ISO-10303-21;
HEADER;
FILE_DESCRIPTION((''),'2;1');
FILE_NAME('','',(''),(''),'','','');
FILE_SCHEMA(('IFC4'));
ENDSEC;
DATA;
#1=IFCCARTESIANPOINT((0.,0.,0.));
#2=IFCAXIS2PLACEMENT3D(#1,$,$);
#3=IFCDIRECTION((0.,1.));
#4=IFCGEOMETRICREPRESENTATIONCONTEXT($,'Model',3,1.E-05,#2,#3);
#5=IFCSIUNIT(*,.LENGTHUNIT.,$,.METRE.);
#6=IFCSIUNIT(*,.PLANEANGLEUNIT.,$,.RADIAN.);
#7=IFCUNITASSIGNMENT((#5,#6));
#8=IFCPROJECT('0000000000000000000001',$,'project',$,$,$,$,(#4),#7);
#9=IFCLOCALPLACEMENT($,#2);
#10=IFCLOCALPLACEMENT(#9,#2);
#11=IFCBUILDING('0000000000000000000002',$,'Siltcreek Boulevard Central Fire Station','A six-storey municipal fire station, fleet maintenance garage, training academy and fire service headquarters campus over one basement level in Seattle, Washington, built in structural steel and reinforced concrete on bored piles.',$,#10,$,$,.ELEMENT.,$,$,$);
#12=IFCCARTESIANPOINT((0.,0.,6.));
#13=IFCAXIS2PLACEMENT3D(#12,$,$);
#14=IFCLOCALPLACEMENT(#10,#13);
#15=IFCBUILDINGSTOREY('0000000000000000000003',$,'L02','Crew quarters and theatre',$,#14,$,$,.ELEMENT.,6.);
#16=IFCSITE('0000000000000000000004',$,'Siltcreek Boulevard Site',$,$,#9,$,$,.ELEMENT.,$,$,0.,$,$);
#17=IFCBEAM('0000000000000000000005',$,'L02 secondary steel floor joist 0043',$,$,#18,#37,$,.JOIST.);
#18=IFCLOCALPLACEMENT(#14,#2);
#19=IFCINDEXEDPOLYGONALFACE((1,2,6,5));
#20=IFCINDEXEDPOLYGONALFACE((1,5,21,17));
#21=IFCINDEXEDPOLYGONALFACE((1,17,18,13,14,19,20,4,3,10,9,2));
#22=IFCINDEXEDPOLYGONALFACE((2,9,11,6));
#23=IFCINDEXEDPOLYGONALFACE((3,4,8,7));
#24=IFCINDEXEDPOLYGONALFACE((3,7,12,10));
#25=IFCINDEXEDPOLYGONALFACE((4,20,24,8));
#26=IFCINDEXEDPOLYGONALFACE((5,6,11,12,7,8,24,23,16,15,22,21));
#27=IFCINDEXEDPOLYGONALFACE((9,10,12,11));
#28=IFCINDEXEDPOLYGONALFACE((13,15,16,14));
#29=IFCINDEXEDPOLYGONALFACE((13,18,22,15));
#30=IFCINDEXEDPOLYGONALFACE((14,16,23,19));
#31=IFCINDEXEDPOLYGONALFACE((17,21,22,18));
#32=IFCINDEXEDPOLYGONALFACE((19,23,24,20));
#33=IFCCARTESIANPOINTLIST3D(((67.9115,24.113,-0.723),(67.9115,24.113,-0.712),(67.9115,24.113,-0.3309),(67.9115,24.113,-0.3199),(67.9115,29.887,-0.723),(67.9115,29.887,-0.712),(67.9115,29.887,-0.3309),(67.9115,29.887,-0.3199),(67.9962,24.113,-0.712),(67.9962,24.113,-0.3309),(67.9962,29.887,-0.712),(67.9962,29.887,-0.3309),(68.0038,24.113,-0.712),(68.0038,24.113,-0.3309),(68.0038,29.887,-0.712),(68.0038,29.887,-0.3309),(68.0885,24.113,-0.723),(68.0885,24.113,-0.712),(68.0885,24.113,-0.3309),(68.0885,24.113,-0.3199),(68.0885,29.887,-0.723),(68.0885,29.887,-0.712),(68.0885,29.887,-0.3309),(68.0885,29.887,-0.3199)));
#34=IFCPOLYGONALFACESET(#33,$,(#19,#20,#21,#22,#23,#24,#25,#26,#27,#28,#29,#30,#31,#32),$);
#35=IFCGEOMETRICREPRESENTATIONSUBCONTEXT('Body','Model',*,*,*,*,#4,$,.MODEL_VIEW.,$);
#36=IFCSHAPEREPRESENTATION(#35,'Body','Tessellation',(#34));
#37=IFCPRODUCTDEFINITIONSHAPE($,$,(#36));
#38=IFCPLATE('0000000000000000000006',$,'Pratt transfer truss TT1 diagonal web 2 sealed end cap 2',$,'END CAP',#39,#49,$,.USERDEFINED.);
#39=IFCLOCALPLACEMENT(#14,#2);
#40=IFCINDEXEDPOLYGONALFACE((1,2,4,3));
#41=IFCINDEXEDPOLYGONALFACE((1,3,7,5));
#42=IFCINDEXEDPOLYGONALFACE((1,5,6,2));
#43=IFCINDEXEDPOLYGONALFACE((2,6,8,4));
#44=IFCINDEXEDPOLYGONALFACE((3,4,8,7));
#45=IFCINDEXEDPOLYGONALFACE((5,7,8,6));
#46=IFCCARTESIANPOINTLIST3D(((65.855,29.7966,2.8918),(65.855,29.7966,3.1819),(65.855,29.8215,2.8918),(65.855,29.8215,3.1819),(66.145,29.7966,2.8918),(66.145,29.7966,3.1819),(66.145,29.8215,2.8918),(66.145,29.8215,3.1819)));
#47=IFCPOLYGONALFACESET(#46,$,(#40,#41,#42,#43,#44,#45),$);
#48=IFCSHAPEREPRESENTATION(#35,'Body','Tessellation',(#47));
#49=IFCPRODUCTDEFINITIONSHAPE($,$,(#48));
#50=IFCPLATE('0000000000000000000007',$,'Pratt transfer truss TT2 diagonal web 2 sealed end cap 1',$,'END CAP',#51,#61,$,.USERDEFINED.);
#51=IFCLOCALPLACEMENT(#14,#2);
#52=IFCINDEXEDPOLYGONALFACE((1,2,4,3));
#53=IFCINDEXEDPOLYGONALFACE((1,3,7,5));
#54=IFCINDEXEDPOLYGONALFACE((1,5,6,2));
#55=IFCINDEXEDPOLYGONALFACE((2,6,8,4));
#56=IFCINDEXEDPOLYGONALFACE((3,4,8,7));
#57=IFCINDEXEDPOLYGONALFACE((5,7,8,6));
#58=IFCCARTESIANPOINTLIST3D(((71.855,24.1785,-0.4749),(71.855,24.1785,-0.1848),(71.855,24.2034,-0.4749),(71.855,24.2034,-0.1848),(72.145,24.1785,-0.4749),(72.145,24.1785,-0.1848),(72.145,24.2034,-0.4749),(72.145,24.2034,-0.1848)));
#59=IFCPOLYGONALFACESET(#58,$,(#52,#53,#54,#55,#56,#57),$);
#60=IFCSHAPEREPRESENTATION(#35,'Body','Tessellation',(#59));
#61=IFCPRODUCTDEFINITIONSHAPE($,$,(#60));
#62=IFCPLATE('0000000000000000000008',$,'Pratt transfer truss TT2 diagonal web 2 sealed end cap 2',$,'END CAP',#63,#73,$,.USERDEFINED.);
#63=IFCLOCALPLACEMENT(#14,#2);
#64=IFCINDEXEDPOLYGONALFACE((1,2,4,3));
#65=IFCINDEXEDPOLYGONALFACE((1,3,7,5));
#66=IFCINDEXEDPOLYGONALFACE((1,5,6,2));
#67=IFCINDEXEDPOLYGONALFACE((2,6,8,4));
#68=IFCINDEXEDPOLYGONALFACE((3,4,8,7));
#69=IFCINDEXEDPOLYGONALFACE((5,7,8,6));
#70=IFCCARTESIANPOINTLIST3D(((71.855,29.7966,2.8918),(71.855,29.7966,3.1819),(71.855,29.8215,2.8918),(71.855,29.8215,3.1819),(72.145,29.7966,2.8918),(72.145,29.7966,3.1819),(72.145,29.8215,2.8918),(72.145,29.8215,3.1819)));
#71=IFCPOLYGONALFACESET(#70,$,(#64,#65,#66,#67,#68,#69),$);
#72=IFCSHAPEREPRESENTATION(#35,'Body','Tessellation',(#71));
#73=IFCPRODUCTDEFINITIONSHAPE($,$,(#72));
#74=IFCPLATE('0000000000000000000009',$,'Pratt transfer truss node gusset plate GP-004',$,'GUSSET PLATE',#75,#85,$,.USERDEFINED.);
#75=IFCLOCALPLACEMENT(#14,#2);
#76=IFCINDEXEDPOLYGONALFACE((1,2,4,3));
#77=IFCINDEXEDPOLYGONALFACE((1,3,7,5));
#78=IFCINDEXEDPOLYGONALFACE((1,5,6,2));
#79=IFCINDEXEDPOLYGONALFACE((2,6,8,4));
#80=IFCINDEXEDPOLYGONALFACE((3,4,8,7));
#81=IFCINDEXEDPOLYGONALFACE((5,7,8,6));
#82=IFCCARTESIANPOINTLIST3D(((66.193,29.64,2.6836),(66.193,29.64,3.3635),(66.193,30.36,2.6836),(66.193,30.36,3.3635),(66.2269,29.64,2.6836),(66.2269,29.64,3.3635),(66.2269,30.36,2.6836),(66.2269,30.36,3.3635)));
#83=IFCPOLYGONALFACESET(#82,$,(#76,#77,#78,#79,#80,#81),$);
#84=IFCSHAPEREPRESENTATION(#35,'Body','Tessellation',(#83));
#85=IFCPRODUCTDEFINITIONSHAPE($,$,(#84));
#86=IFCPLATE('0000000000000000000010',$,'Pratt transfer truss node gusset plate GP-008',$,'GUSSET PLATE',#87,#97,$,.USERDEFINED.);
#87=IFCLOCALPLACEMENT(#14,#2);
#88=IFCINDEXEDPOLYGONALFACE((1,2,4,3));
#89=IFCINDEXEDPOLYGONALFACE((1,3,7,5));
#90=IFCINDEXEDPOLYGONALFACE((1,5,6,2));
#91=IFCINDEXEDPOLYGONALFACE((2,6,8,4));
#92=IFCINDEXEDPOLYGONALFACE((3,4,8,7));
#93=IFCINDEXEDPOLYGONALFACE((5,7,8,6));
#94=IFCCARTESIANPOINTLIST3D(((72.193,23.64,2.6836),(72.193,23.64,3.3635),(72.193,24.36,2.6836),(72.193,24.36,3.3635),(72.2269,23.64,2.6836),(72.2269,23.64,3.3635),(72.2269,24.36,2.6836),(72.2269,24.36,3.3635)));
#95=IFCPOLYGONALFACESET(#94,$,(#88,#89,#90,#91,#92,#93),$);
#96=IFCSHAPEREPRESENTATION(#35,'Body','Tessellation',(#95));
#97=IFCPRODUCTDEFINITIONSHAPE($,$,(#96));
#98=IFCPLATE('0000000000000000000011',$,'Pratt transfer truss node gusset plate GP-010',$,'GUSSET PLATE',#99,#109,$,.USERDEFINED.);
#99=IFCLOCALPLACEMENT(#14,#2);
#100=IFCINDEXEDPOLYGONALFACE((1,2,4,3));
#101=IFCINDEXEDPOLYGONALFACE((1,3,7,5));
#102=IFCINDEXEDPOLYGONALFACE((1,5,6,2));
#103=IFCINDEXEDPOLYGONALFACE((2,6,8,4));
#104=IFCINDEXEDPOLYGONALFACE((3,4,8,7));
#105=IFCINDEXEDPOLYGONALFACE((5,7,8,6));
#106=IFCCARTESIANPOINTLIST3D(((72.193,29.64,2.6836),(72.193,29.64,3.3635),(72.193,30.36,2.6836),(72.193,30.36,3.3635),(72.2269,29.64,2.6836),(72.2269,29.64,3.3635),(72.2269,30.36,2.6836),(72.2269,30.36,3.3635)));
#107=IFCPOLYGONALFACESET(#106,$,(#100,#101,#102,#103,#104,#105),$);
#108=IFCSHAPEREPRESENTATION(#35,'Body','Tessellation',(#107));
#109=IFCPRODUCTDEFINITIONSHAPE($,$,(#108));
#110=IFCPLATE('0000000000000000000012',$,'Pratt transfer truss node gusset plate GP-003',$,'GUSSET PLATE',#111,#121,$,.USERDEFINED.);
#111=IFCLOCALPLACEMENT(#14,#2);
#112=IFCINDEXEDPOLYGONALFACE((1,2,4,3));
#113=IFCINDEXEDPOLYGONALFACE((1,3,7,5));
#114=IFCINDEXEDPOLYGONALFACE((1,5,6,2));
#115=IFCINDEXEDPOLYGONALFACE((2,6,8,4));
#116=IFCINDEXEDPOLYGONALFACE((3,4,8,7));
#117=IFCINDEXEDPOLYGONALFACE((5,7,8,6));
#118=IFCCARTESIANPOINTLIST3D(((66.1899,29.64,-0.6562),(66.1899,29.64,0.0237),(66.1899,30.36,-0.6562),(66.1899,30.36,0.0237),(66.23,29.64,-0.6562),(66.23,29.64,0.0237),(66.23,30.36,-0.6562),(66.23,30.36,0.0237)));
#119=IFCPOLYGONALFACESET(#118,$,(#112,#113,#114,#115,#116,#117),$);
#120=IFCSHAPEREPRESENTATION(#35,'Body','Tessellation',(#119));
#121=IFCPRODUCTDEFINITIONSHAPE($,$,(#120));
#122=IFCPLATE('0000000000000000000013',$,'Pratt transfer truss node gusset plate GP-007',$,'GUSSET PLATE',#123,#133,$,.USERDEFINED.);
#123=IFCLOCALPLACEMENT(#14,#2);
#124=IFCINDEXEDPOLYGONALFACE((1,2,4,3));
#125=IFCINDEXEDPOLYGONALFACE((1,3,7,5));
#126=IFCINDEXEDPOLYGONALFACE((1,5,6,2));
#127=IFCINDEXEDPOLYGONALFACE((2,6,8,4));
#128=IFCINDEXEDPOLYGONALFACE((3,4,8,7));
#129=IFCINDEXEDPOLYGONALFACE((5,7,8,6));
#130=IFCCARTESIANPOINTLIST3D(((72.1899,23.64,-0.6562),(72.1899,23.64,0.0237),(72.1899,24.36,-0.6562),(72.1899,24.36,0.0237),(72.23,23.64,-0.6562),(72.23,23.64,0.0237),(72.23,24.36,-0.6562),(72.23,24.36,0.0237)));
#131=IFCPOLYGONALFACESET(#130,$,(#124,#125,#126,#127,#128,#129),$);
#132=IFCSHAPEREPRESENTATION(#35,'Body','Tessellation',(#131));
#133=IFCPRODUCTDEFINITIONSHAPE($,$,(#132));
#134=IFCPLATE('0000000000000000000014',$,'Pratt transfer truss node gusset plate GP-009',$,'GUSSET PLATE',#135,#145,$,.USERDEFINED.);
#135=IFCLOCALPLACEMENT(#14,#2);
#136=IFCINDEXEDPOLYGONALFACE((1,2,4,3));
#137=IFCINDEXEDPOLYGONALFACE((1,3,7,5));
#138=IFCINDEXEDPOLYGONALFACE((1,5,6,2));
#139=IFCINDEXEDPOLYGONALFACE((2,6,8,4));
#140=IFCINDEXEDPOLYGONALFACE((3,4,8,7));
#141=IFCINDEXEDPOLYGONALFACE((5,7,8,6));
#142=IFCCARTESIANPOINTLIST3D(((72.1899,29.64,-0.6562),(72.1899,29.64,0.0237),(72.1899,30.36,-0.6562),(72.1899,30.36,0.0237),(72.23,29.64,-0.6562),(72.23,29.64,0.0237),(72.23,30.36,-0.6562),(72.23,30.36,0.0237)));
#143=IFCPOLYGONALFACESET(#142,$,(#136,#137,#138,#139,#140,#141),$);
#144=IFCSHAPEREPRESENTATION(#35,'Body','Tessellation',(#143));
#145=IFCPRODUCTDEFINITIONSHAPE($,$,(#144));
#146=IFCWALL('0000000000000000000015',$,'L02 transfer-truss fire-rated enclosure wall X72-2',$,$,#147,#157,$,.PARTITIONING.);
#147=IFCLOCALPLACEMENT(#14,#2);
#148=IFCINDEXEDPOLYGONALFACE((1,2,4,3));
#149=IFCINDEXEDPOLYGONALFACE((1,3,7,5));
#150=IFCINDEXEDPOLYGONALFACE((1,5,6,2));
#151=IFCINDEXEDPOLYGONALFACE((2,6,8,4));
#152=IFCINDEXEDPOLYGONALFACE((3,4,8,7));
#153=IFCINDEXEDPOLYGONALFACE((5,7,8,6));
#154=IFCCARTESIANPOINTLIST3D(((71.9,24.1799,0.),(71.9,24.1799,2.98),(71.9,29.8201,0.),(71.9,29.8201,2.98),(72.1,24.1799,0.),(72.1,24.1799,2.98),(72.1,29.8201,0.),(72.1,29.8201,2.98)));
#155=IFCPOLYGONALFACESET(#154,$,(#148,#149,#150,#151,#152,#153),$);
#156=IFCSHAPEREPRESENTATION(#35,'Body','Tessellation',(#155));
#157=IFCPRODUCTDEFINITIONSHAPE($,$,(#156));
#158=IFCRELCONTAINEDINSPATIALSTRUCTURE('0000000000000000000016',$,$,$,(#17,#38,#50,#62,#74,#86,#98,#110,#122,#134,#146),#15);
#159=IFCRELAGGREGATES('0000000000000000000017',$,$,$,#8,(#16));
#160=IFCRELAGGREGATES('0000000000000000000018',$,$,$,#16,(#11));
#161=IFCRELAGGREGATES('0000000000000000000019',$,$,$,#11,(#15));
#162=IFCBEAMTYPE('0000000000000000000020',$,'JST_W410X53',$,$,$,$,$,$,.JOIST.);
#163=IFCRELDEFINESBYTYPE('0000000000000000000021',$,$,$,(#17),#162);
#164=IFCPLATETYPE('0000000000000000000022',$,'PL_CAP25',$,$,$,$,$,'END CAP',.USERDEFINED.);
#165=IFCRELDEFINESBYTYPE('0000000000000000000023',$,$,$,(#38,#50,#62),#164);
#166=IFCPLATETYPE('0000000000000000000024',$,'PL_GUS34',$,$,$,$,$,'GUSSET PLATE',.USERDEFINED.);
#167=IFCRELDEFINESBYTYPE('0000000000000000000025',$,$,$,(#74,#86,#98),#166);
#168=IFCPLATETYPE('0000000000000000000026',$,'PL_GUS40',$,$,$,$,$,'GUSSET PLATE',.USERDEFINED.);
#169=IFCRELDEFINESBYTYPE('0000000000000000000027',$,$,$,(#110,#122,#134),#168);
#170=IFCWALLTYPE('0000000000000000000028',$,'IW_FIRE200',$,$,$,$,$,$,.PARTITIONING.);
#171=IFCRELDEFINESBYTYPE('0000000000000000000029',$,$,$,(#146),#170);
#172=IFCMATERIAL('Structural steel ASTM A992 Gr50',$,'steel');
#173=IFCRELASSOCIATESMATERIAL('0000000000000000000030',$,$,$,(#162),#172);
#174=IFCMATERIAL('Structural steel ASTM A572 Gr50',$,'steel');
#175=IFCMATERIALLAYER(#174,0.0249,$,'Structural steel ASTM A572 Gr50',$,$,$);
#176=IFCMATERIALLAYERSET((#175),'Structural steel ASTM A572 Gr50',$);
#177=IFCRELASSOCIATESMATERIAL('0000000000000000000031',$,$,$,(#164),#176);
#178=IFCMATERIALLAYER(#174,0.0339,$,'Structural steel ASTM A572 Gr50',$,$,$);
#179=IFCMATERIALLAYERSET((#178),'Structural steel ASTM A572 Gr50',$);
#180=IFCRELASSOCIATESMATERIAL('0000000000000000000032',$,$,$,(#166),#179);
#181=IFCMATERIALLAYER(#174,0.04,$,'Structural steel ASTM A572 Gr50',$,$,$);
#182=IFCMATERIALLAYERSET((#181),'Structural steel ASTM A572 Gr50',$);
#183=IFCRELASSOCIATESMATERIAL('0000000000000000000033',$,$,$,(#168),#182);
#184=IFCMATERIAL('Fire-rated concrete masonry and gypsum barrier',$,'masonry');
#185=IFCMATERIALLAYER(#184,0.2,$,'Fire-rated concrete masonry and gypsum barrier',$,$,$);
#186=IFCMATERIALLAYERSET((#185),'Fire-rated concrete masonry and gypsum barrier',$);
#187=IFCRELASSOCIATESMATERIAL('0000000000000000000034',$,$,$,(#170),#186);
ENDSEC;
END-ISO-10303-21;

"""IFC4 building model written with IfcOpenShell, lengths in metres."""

from ifc_helpers import new_model, si_unit, direction, frame, frame_2d, origin, origin_2d, place, context, subcontext, project, spatial, rectangle, i_section, extrude, material, layer, layer_set, material_profile, profile_set, type_object, element, save


model = new_model("IFC4")

# Units and contexts
model_context = context("Model", 3, precision=1e-05, world=origin(), true_north=direction((0.0, 1.0)))
body_context = subcontext(model_context, "Body", "Model", "MODEL_VIEW")
ifc_project = project(units=[si_unit("LENGTHUNIT", "METRE"), si_unit("PLANEANGLEUNIT", "RADIAN")], contexts=[model_context])

# Site, building, storey
site_placement = place(None, origin())
site = spatial("IfcSite", under=ifc_project, at=site_placement, Name="Siltcreek Boulevard Site", CompositionType="ELEMENT", RefElevation=0.0)
building_placement = place(site_placement, origin())
building = spatial("IfcBuilding", under=site, at=building_placement, Name="Siltcreek Boulevard Central Fire Station", Description="A six-storey municipal fire station, fleet maintenance garage, training academy and fire service headquarters campus over one basement level in Seattle, Washington, built in structural steel and reinforced concrete on bored piles.", CompositionType="ELEMENT")
storey_placement = place(building_placement, frame((0.0, 0.0, 6.0)))
storey = spatial("IfcBuildingStorey", under=building, at=storey_placement, Name="L02", Description="Crew quarters and theatre", CompositionType="ELEMENT", Elevation=6.0)

# Shared definitions
ifc_material_1 = material(Name="Structural steel ASTM A992 Gr50", Category="steel")

# Beam
ifc_material_profile_1 = material_profile(ifc_material_1, i_section(OverallWidth=0.177, OverallDepth=0.4031, WebThickness=0.0076, FlangeThickness=0.011, at=origin_2d()), Name="W410X53")
ifc_profile_set_1 = profile_set([ifc_material_profile_1], Name="Structural steel ASTM A992 Gr50")
beam_type_1 = type_object("IfcBeamType", Name="JST_W410X53", PredefinedType="JOIST", material=ifc_profile_set_1)
beam_1_placement = place(storey_placement, frame((68.0, 24.113, -0.5215), z_axis=(0.0, 1.0, 0.0), x_axis=(-1.0, 0.0, 0.0)))
element("IfcBeam", 1, at=beam_1_placement, inside=storey, type_object=beam_type_1, Name="L02 secondary steel floor joist 0043", PredefinedType="JOIST", context=body_context, shape_type="SweptSolid", body=[
    extrude(i_section(OverallWidth=0.177, OverallDepth=0.4031, WebThickness=0.0076, FlangeThickness=0.011, at=origin_2d()), origin(), (0.0, 0.0, 1.0), 5.7739),
])

# Plates
ifc_material_2 = material(Name="Structural steel ASTM A572 Gr50", Category="steel")
ifc_layer_1 = layer(ifc_material_2, 0.0249, Name="Structural steel ASTM A572 Gr50")
ifc_layer_set_1 = layer_set([ifc_layer_1], Name="Structural steel ASTM A572 Gr50")
plate_type_1 = type_object("IfcPlateType", Name="PL_CAP25", ElementType="END CAP", PredefinedType="USERDEFINED", material=ifc_layer_set_1)
for number, where, z_axis, x_axis, name in (
    (2, (66.0, 29.8091, 2.8918), (0.0, 0.0, 1.0), (0.0, 1.0, 0.0), "Pratt transfer truss TT1 diagonal web 2 sealed end cap 2"),
    (3, (72.0, 24.1909, -0.4749), (0.0, 0.0, 1.0), (0.0, 1.0, 0.0), "Pratt transfer truss TT2 diagonal web 2 sealed end cap 1"),
    (4, (72.0, 29.8091, 2.8918), (0.0, 0.0, 1.0), (0.0, 1.0, 0.0), "Pratt transfer truss TT2 diagonal web 2 sealed end cap 2"),
):
    element("IfcPlate", number, at=place(storey_placement, frame(where, z_axis=z_axis, x_axis=x_axis)), inside=storey, type_object=plate_type_1, Name=name, ObjectType="END CAP", PredefinedType="USERDEFINED", context=body_context, shape_type="SweptSolid", body=[
        extrude(rectangle(XDim=0.0249, YDim=0.29, at=origin_2d()), origin(), (0.0, 0.0, 1.0), 0.29),
    ])
ifc_layer_2 = layer(ifc_material_2, 0.0339, Name="Structural steel ASTM A572 Gr50")
ifc_layer_set_2 = layer_set([ifc_layer_2], Name="Structural steel ASTM A572 Gr50")
plate_type_2 = type_object("IfcPlateType", Name="PL_GUS34", ElementType="GUSSET PLATE", PredefinedType="USERDEFINED", material=ifc_layer_set_2)
for number, where, z_axis, x_axis, name in (
    (5, (66.21, 30.0, 2.6836), (0.0, 0.0, 1.0), (1.0, 0.0, 0.0), "Pratt transfer truss node gusset plate GP-004"),
    (6, (72.21, 24.0, 2.6836), (0.0, 0.0, 1.0), (1.0, 0.0, 0.0), "Pratt transfer truss node gusset plate GP-008"),
    (7, (72.21, 30.0, 2.6836), (0.0, 0.0, 1.0), (1.0, 0.0, 0.0), "Pratt transfer truss node gusset plate GP-010"),
):
    element("IfcPlate", number, at=place(storey_placement, frame(where, z_axis=z_axis, x_axis=x_axis)), inside=storey, type_object=plate_type_2, Name=name, ObjectType="GUSSET PLATE", PredefinedType="USERDEFINED", context=body_context, shape_type="SweptSolid", body=[
        extrude(rectangle(XDim=0.0339, YDim=0.72, at=origin_2d()), origin(), (0.0, 0.0, 1.0), 0.6799),
    ])
ifc_layer_3 = layer(ifc_material_2, 0.04, Name="Structural steel ASTM A572 Gr50")
ifc_layer_set_3 = layer_set([ifc_layer_3], Name="Structural steel ASTM A572 Gr50")
plate_type_3 = type_object("IfcPlateType", Name="PL_GUS40", ElementType="GUSSET PLATE", PredefinedType="USERDEFINED", material=ifc_layer_set_3)
for number, where, z_axis, x_axis, name in (
    (8, (66.21, 30.0, -0.6562), (0.0, 0.0, 1.0), (1.0, 0.0, 0.0), "Pratt transfer truss node gusset plate GP-003"),
    (9, (72.21, 24.0, -0.6562), (0.0, 0.0, 1.0), (1.0, 0.0, 0.0), "Pratt transfer truss node gusset plate GP-007"),
    (10, (72.21, 30.0, -0.6562), (0.0, 0.0, 1.0), (1.0, 0.0, 0.0), "Pratt transfer truss node gusset plate GP-009"),
):
    element("IfcPlate", number, at=place(storey_placement, frame(where, z_axis=z_axis, x_axis=x_axis)), inside=storey, type_object=plate_type_3, Name=name, ObjectType="GUSSET PLATE", PredefinedType="USERDEFINED", context=body_context, shape_type="SweptSolid", body=[
        extrude(rectangle(XDim=0.04, YDim=0.72, at=origin_2d()), origin(), (0.0, 0.0, 1.0), 0.6799),
    ])

# Wall
ifc_material_3 = material(Name="Fire-rated concrete masonry and gypsum barrier", Category="masonry")
ifc_layer_4 = layer(ifc_material_3, 0.2, Name="Fire-rated concrete masonry and gypsum barrier")
ifc_layer_set_4 = layer_set([ifc_layer_4], Name="Fire-rated concrete masonry and gypsum barrier")
wall_type = type_object("IfcWallType", Name="IW_FIRE200", PredefinedType="PARTITIONING", material=ifc_layer_set_4)
wall_placement = place(storey_placement, frame((72.0, 24.1799, 0.0), z_axis=(0.0, 0.0, 1.0), x_axis=(0.0, 1.0, 0.0)))
element("IfcWall", 11, at=wall_placement, inside=storey, type_object=wall_type, Name="L02 transfer-truss fire-rated enclosure wall X72-2", PredefinedType="PARTITIONING", context=body_context, shape_type="SweptSolid", body=[
    extrude(rectangle(XDim=5.6401, YDim=0.2, at=frame_2d((2.8201, 0.0))), origin(), (0.0, 0.0, 1.0), 2.98),
])

save(model, "model.ifc")
